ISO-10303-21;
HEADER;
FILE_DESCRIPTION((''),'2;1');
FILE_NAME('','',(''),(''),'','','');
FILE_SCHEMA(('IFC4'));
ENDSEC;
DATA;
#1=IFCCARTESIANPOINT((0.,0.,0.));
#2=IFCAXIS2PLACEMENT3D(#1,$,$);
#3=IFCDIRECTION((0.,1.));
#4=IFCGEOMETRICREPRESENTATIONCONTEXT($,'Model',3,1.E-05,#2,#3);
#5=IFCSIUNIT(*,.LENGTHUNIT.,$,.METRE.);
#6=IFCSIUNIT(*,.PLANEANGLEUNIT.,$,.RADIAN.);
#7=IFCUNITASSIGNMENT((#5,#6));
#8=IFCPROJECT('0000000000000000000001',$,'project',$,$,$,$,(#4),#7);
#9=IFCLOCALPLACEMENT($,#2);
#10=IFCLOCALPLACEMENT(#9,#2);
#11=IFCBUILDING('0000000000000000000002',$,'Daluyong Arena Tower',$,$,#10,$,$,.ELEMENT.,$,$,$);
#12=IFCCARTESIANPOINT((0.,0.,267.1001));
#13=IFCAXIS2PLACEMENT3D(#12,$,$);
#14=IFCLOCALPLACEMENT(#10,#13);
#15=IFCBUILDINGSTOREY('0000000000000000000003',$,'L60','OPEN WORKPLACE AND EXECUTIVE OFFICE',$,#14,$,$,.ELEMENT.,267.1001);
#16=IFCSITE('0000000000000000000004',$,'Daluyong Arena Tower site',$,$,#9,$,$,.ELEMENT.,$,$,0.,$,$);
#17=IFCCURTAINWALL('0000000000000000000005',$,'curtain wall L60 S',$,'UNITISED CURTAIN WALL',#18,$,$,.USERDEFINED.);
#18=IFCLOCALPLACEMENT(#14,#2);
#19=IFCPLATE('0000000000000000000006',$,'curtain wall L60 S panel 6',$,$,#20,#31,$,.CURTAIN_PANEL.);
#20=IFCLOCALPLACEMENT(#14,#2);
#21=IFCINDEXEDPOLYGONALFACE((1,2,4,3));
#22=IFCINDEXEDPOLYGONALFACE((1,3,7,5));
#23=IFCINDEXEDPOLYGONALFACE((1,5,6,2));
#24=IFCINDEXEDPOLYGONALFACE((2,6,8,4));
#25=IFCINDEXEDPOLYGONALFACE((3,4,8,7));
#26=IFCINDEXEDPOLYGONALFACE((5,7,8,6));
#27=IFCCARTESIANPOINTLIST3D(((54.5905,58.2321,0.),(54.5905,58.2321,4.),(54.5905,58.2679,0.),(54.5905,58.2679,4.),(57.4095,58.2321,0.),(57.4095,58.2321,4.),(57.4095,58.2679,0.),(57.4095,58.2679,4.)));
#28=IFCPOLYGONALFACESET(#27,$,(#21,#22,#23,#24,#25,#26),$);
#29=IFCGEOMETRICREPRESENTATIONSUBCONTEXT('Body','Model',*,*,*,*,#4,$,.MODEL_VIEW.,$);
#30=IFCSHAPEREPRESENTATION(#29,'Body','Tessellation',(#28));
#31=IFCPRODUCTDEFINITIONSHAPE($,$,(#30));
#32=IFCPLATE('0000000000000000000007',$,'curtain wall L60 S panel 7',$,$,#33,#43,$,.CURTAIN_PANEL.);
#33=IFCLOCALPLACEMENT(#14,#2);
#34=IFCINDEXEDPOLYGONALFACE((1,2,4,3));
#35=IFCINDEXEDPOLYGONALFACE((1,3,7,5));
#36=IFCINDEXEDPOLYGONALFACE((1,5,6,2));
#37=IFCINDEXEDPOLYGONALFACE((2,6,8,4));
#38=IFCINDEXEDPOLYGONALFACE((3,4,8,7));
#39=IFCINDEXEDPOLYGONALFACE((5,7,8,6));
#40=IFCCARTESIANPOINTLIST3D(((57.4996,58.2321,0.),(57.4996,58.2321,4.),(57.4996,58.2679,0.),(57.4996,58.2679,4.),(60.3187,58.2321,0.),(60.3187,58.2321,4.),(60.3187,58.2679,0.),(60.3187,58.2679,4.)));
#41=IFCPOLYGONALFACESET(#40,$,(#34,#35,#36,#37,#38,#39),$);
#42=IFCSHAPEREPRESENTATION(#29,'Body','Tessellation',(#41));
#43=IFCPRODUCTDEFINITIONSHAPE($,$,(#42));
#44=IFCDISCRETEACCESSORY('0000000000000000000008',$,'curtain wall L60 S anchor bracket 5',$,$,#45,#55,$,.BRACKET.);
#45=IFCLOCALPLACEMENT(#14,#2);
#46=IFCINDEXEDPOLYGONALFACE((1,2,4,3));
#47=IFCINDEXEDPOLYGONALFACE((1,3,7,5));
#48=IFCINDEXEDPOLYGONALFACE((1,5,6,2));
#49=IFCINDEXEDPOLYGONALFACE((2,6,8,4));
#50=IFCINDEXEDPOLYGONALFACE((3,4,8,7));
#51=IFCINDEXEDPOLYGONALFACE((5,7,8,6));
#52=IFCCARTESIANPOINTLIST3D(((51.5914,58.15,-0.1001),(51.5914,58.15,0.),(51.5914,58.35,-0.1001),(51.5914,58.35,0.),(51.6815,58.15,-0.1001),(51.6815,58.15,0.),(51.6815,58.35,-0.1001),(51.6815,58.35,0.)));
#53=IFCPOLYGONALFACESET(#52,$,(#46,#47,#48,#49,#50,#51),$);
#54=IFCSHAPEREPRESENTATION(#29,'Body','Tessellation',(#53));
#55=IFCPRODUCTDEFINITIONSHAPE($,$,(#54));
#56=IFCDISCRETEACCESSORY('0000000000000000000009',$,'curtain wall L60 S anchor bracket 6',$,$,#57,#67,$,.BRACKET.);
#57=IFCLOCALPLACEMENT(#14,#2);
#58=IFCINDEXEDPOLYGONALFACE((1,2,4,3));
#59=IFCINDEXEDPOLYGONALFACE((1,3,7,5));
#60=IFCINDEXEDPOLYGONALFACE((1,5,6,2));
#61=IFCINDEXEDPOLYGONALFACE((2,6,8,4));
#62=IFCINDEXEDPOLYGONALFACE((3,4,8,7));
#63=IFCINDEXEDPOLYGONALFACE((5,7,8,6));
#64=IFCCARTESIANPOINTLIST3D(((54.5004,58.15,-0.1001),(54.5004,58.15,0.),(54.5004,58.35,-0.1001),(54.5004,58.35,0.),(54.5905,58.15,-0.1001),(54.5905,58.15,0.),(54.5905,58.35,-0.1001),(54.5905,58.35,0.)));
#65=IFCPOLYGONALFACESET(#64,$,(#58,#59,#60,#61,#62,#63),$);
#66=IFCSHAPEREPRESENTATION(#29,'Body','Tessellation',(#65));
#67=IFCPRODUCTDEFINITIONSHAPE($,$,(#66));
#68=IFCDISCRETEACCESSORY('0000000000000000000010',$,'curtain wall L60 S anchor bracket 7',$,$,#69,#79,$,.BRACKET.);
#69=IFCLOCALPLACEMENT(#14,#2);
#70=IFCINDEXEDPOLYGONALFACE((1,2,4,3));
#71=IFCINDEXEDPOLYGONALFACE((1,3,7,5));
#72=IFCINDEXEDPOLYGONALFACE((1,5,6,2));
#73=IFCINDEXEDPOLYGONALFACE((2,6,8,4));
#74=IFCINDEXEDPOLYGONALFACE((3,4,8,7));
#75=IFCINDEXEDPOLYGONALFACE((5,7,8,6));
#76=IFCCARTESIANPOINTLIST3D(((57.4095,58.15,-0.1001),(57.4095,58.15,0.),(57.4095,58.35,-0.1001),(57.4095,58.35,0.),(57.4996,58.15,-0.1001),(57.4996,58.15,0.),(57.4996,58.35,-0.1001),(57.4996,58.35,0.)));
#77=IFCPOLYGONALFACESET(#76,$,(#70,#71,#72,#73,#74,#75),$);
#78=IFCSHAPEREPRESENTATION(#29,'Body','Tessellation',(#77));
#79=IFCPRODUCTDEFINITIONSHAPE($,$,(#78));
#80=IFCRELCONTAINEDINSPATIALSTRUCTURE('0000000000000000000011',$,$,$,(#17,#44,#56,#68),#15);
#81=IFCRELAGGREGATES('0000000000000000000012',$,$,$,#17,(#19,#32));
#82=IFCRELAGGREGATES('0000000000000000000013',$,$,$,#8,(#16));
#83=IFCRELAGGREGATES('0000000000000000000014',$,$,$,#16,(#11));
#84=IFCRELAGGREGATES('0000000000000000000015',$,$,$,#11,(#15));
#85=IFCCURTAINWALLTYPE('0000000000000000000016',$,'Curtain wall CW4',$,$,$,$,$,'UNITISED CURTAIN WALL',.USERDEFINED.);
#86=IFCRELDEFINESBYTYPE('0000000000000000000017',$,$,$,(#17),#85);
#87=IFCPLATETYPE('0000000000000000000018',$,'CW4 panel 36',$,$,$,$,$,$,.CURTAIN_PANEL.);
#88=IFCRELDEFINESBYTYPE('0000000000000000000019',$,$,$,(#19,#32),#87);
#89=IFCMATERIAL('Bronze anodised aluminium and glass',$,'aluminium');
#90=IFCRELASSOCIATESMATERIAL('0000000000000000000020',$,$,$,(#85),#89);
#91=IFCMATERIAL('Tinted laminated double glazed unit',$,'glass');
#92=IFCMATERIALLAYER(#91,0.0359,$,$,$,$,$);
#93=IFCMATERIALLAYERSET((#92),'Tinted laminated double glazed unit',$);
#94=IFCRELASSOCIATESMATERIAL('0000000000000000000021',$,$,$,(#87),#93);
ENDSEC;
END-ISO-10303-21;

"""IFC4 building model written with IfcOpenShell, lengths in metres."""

from ifc_helpers import new_model, si_unit, direction, frame, origin, origin_2d, place, context, subcontext, project, spatial, rectangle, extrude, material, layer, layer_set, type_object, element, aggregate, save


model = new_model("IFC4")

# Units and contexts
model_context = context("Model", 3, precision=1e-05, world=origin(), true_north=direction((0.0, 1.0)))
body_context = subcontext(model_context, "Body", "Model", "MODEL_VIEW")
ifc_project = project(units=[si_unit("LENGTHUNIT", "METRE"), si_unit("PLANEANGLEUNIT", "RADIAN")], contexts=[model_context])

# Site, building, storey
site_placement = place(None, origin())
site = spatial("IfcSite", under=ifc_project, at=site_placement, Name="Daluyong Arena Tower site", CompositionType="ELEMENT", RefElevation=0.0)
building_placement = place(site_placement, origin())
building = spatial("IfcBuilding", under=site, at=building_placement, Name="Daluyong Arena Tower", CompositionType="ELEMENT")
storey_placement = place(building_placement, frame((0.0, 0.0, 267.1001)))
storey = spatial("IfcBuildingStorey", under=building, at=storey_placement, Name="L60", Description="OPEN WORKPLACE AND EXECUTIVE OFFICE", CompositionType="ELEMENT", Elevation=267.1001)

# Curtain wall
ifc_material_1 = material(Name="Bronze anodised aluminium and glass", Category="aluminium")
curtain_wall_type = type_object("IfcCurtainWallType", Name="Curtain wall CW4", ElementType="UNITISED CURTAIN WALL", PredefinedType="USERDEFINED", material=ifc_material_1)
curtain_wall_placement = place(storey_placement, origin())
curtain_wall = element("IfcCurtainWall", 1, at=curtain_wall_placement, inside=storey, type_object=curtain_wall_type, Name="curtain wall L60 S", ObjectType="UNITISED CURTAIN WALL", PredefinedType="USERDEFINED")

# Plates
ifc_material_2 = material(Name="Tinted laminated double glazed unit", Category="glass")
ifc_layer = layer(ifc_material_2, 0.0359)
ifc_layer_set = layer_set([ifc_layer], Name="Tinted laminated double glazed unit")
plate_type = type_object("IfcPlateType", Name="CW4 panel 36", PredefinedType="CURTAIN_PANEL", material=ifc_layer_set)
plate_1_placement = place(storey_placement, frame((56.0, 58.25, 0.0), z_axis=(0.0, 0.0, 1.0), x_axis=(1.0, 0.0, 0.0)))
plate_1 = element("IfcPlate", 2, at=plate_1_placement, type_object=plate_type, Name="curtain wall L60 S panel 6", PredefinedType="CURTAIN_PANEL", context=body_context, shape_type="SweptSolid", body=[
    extrude(rectangle(XDim=2.8191, YDim=0.0359, at=origin_2d()), origin(), (0.0, 0.0, 1.0), 4.0),
])
plate_2_placement = place(storey_placement, frame((58.9092, 58.25, 0.0), z_axis=(0.0, 0.0, 1.0), x_axis=(1.0, 0.0, 0.0)))
plate_2 = element("IfcPlate", 3, at=plate_2_placement, type_object=plate_type, Name="curtain wall L60 S panel 7", PredefinedType="CURTAIN_PANEL", context=body_context, shape_type="SweptSolid", body=[
    extrude(rectangle(XDim=2.8191, YDim=0.0359, at=origin_2d()), origin(), (0.0, 0.0, 1.0), 4.0),
])
aggregate(curtain_wall, [plate_1, plate_2])

# Discrete accessories
for number, where, z_axis, x_axis, name in (
    (4, (51.6365, 58.25, -0.1001), (0.0, 0.0, 1.0), (1.0, 0.0, 0.0), "curtain wall L60 S anchor bracket 5"),
    (5, (54.5454, 58.25, -0.1001), (0.0, 0.0, 1.0), (1.0, 0.0, 0.0), "curtain wall L60 S anchor bracket 6"),
    (6, (57.4546, 58.25, -0.1001), (0.0, 0.0, 1.0), (1.0, 0.0, 0.0), "curtain wall L60 S anchor bracket 7"),
):
    element("IfcDiscreteAccessory", number, at=place(storey_placement, frame(where, z_axis=z_axis, x_axis=x_axis)), inside=storey, Name=name, PredefinedType="BRACKET", context=body_context, shape_type="SweptSolid", body=[
        extrude(rectangle(XDim=0.0901, YDim=0.2, at=origin_2d()), origin(), (0.0, 0.0, 1.0), 0.1001),
    ])

save(model, "model.ifc")
